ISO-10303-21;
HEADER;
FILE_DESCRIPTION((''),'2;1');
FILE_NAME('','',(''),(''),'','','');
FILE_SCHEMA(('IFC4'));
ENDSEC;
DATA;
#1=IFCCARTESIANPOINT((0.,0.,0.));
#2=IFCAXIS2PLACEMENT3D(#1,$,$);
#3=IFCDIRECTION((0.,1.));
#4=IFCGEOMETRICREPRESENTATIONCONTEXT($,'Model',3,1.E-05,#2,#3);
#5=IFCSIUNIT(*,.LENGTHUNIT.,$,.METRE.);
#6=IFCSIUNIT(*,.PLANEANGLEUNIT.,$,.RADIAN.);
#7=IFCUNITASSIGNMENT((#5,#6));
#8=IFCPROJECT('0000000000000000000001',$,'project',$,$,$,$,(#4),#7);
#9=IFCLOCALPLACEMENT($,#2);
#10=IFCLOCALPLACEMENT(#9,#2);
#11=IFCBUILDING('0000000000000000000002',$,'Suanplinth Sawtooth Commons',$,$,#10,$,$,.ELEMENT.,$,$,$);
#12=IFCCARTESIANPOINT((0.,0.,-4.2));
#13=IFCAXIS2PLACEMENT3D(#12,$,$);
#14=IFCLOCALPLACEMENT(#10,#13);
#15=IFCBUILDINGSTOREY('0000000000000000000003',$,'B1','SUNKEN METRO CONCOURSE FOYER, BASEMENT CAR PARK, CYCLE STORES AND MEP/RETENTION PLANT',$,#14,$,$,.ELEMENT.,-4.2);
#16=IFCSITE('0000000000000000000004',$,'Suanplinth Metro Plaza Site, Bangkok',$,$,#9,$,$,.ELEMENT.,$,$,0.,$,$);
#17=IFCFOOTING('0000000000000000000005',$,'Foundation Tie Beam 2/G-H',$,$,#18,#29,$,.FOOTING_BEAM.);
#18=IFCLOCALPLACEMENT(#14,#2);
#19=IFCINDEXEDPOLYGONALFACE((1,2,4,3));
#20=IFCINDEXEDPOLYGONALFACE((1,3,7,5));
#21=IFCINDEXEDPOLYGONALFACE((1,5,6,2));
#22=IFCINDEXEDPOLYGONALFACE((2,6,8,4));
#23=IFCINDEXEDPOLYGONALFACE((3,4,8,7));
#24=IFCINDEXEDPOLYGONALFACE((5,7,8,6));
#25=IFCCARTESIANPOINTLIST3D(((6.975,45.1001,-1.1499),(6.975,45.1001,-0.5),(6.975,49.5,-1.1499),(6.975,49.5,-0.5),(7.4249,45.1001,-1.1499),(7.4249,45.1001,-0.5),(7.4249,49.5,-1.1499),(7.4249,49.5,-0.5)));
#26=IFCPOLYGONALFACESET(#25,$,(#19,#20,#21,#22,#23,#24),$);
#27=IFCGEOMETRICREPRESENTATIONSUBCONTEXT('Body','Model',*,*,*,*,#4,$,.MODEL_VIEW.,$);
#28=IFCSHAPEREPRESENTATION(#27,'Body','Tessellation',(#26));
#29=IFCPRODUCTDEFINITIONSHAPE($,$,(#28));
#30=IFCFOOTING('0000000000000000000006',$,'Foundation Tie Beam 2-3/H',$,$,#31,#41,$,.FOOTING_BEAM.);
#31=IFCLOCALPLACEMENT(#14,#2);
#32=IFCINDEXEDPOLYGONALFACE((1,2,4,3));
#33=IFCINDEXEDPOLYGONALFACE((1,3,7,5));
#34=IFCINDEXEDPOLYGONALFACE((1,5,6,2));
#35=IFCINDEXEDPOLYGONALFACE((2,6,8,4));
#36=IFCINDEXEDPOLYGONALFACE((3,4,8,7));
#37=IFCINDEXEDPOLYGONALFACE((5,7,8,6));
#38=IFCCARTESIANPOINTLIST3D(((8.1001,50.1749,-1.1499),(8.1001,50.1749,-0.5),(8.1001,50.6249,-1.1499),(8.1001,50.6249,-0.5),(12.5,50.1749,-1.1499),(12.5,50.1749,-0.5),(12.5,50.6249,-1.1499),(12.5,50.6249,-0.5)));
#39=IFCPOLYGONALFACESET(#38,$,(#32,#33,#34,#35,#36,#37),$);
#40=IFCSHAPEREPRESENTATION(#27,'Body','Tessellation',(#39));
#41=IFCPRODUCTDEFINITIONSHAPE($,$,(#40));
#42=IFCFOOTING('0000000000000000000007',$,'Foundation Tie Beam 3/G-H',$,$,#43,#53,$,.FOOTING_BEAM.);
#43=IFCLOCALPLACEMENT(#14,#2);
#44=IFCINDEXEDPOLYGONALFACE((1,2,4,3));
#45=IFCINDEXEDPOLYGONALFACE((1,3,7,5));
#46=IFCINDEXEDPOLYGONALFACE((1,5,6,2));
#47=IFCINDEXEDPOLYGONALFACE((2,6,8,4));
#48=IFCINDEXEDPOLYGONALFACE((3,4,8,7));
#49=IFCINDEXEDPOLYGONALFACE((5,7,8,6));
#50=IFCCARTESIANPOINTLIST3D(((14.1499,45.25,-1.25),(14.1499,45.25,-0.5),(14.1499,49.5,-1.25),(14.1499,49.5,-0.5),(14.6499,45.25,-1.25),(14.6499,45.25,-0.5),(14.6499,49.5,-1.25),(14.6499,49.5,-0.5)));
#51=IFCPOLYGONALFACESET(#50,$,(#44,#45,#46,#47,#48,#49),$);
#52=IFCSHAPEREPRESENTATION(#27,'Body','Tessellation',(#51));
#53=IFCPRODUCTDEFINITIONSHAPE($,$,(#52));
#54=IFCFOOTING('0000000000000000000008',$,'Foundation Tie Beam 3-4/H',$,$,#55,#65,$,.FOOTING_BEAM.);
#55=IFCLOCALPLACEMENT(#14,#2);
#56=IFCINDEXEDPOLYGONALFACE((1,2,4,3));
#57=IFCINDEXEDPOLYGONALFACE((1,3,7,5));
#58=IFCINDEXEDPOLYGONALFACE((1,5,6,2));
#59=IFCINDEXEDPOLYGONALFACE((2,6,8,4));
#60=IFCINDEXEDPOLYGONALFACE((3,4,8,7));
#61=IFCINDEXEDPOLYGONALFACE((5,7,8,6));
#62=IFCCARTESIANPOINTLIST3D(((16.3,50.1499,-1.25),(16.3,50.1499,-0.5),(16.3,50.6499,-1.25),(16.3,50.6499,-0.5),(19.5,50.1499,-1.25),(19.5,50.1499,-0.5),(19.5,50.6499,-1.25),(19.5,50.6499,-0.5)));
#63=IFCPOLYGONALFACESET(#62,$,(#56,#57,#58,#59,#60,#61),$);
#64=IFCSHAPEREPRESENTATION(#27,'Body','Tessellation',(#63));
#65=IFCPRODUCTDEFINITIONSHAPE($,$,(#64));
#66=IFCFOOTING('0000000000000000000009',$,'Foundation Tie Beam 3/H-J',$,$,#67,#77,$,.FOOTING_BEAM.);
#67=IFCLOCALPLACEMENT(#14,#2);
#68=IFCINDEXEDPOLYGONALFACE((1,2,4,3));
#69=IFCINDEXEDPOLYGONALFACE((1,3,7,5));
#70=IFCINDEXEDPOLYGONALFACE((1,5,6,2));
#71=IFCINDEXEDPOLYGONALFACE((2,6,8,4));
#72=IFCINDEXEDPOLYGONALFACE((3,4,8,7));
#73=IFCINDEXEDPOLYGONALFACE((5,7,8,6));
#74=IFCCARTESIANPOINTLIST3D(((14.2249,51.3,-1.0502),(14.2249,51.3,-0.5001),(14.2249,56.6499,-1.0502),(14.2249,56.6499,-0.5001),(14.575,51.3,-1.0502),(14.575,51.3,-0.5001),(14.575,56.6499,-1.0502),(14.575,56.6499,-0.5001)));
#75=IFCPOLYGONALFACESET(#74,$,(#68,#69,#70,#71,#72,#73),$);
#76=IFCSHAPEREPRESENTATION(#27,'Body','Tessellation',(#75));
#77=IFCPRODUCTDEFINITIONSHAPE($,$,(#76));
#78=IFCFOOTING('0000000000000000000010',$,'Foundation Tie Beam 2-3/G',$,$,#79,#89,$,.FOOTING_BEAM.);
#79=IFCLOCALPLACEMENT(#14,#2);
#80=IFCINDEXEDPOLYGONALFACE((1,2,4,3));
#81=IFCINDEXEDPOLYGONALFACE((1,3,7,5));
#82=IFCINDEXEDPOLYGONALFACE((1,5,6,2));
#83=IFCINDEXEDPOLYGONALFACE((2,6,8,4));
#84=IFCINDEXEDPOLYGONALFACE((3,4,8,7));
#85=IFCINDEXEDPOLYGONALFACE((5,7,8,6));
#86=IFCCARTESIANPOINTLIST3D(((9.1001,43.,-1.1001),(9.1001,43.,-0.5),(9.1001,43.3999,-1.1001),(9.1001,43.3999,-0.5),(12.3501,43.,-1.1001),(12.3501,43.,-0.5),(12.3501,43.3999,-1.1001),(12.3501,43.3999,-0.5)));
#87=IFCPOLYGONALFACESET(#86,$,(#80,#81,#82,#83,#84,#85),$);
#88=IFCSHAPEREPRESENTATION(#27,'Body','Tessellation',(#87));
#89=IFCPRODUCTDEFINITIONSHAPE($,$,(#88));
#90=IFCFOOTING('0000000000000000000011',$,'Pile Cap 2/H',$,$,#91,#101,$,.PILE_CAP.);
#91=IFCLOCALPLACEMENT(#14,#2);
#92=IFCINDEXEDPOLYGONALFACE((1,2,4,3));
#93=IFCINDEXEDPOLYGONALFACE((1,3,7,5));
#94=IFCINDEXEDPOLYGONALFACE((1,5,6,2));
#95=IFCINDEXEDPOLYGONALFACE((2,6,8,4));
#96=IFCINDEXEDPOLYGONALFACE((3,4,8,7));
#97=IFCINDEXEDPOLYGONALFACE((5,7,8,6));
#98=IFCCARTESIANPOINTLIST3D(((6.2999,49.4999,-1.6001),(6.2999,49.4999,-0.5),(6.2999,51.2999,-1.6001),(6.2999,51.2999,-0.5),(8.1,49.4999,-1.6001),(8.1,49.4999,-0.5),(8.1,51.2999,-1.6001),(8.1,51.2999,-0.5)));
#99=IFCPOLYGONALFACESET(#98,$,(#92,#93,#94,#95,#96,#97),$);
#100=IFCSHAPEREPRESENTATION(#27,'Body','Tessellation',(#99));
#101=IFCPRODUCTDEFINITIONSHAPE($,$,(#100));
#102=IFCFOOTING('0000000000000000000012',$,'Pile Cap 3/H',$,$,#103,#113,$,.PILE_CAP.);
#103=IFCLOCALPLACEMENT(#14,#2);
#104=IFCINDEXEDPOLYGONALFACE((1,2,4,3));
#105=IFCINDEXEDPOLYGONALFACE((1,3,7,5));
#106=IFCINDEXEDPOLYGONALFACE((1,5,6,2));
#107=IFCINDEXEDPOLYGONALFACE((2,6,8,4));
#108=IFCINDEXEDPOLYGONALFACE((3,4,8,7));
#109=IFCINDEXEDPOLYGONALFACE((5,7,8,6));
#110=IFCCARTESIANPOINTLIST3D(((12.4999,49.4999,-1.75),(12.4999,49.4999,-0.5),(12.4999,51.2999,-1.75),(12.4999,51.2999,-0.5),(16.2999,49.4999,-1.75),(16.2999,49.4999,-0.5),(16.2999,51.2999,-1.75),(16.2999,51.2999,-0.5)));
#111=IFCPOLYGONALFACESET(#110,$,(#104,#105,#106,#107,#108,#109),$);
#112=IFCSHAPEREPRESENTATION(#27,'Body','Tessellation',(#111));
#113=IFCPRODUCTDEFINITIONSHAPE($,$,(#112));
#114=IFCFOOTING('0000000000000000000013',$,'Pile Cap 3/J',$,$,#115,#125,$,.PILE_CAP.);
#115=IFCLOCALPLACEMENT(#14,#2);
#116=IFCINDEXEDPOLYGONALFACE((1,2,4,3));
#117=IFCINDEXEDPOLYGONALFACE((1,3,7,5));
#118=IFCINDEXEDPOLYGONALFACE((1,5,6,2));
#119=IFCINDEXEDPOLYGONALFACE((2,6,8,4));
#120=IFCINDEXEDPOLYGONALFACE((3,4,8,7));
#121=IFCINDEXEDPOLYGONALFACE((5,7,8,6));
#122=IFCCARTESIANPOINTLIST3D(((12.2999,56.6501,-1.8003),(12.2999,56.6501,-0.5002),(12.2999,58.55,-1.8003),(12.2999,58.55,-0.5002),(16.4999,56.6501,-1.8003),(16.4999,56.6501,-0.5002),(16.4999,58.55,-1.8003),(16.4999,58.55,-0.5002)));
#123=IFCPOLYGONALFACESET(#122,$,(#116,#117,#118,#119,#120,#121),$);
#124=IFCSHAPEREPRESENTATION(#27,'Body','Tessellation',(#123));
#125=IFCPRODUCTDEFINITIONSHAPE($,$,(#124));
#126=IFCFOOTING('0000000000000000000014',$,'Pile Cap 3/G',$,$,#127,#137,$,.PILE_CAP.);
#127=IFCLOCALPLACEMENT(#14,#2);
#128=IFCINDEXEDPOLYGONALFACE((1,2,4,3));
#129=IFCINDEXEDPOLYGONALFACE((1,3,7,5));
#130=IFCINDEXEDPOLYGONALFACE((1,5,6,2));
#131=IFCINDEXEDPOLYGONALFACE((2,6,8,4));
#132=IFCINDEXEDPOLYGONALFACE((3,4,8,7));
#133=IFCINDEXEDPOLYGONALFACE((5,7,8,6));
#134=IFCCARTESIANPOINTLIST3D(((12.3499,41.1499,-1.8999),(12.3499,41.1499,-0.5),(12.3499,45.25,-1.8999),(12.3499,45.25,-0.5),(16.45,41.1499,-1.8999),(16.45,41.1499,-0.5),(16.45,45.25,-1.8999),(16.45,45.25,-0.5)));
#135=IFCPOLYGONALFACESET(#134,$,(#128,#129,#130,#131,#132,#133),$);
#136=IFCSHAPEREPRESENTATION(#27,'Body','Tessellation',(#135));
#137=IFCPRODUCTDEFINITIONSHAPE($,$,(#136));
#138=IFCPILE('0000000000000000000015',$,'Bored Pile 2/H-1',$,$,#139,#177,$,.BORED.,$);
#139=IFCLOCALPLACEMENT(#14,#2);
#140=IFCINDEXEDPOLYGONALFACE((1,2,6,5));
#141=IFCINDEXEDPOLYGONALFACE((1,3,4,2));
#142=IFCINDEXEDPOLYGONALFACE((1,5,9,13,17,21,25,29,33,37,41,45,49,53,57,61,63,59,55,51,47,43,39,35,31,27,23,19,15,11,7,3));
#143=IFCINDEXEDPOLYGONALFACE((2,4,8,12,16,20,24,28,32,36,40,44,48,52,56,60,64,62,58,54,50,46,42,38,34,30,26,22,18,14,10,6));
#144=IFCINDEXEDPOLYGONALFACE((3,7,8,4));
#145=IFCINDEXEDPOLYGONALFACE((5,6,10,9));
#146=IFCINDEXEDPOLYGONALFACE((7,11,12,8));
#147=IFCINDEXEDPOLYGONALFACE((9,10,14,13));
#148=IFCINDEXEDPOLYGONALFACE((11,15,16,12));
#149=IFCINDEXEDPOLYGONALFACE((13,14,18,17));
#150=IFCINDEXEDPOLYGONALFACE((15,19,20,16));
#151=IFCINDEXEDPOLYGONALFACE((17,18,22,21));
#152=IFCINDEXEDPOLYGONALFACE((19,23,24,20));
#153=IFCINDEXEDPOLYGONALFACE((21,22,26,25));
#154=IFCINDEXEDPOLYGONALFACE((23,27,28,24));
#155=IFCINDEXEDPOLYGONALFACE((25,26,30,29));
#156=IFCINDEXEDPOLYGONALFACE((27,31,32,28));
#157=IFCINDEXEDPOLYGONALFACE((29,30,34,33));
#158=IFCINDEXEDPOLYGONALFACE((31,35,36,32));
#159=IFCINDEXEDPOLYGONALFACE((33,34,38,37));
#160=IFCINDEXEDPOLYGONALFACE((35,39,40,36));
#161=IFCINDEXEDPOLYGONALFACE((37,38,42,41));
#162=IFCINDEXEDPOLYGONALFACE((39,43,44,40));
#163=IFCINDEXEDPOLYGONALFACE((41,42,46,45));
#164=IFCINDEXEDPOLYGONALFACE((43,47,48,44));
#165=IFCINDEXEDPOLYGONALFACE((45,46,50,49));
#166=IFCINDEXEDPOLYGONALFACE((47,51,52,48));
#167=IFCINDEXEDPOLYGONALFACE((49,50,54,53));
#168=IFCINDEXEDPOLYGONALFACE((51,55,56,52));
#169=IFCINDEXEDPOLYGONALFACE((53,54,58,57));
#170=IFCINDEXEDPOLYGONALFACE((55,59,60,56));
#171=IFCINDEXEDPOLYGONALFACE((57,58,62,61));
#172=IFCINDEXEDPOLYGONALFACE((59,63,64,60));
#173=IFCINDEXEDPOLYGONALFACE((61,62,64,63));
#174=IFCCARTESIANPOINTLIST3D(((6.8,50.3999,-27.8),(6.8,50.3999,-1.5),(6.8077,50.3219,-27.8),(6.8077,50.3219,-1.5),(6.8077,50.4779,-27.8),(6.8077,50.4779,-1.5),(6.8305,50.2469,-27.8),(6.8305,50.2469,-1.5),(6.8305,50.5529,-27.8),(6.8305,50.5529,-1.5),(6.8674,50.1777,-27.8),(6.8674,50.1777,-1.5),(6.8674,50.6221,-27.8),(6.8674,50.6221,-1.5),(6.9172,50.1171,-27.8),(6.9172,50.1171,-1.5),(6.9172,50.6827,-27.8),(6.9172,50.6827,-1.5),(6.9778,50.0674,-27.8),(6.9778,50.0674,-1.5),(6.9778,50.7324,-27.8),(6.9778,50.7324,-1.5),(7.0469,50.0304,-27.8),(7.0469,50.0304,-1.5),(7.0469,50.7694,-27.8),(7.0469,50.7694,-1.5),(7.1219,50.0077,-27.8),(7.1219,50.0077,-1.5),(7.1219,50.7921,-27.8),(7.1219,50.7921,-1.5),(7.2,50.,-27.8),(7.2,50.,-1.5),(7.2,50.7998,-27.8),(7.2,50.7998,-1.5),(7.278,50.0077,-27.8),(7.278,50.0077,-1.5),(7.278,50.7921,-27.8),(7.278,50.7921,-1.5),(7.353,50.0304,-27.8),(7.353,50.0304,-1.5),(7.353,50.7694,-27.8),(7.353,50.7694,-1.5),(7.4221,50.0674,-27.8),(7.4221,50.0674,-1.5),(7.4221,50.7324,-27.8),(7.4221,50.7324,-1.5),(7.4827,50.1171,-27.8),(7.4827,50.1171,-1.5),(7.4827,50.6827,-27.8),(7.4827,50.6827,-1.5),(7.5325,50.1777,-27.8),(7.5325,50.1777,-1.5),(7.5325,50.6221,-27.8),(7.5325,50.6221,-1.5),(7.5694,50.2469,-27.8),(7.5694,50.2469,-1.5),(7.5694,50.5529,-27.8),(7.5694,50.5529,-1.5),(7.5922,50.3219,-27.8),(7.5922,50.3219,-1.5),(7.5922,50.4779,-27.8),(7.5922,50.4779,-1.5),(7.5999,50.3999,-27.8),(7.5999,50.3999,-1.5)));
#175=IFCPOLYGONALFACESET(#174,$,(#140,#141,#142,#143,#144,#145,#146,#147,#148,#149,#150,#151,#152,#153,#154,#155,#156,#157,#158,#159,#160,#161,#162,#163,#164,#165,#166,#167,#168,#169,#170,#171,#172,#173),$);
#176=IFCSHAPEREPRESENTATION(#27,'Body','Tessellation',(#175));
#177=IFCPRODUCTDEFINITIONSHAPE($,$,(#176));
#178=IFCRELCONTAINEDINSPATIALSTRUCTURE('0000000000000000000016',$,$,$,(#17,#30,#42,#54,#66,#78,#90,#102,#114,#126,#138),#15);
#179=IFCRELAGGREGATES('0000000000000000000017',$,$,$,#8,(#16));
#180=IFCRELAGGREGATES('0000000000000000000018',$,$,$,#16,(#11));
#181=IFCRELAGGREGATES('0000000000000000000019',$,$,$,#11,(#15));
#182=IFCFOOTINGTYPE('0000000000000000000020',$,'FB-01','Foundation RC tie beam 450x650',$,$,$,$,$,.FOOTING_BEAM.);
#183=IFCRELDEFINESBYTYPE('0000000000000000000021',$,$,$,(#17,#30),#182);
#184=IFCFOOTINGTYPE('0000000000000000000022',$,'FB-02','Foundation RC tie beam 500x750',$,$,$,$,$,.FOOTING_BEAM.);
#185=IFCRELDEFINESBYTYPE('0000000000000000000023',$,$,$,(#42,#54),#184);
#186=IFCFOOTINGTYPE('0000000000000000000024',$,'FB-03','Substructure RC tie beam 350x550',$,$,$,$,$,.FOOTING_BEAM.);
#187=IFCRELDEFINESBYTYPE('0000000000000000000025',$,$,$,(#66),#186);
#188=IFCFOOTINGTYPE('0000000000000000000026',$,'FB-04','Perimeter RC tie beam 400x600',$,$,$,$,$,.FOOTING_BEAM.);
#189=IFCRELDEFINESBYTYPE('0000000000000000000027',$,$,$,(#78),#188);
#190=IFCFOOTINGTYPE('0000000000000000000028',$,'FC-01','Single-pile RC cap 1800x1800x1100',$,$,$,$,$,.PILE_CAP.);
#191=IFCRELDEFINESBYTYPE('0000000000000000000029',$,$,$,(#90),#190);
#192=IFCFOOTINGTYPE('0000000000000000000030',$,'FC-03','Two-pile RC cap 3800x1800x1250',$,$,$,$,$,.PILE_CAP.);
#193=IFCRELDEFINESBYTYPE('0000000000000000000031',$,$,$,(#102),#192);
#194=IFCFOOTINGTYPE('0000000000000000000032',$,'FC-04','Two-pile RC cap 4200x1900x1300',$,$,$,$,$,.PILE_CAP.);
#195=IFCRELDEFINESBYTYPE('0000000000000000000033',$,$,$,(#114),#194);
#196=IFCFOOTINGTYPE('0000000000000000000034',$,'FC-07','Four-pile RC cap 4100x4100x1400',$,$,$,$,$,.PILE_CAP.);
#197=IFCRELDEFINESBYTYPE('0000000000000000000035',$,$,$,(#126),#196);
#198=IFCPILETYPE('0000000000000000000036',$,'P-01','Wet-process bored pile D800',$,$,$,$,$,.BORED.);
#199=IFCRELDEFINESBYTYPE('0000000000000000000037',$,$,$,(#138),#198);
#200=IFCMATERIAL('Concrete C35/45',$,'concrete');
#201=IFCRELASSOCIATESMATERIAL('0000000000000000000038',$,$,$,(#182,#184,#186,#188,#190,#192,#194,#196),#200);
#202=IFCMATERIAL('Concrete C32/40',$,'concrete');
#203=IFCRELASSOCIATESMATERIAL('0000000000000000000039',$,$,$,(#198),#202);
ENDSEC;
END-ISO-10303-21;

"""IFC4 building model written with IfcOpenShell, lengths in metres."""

from ifc_helpers import new_model, si_unit, direction, frame, origin, origin_2d, place, context, subcontext, project, spatial, rectangle, circle, extrude, material, material_profile, profile_set, type_object, element, save


model = new_model("IFC4")

# Units and contexts
model_context = context("Model", 3, precision=1e-05, world=origin(), true_north=direction((0.0, 1.0)))
body_context = subcontext(model_context, "Body", "Model", "MODEL_VIEW")
ifc_project = project(units=[si_unit("LENGTHUNIT", "METRE"), si_unit("PLANEANGLEUNIT", "RADIAN")], contexts=[model_context])

# Site, building, storey
site_placement = place(None, origin())
site = spatial("IfcSite", under=ifc_project, at=site_placement, Name="Suanplinth Metro Plaza Site, Bangkok", CompositionType="ELEMENT", RefElevation=0.0)
building_placement = place(site_placement, origin())
building = spatial("IfcBuilding", under=site, at=building_placement, Name="Suanplinth Sawtooth Commons", CompositionType="ELEMENT")
storey_placement = place(building_placement, frame((0.0, 0.0, -4.2)))
storey = spatial("IfcBuildingStorey", under=building, at=storey_placement, Name="B1", Description="SUNKEN METRO CONCOURSE FOYER, BASEMENT CAR PARK, CYCLE STORES AND MEP/RETENTION PLANT", CompositionType="ELEMENT", Elevation=-4.2)

# Footings
ifc_material_1 = material(Name="Concrete C35/45", Category="concrete")
ifc_material_profile_1 = material_profile(ifc_material_1, rectangle(XDim=0.45, YDim=0.6499, at=origin_2d()), Name="PC-GDR 450x650")
ifc_profile_set_1 = profile_set([ifc_material_profile_1], Name="Concrete C35/45")
footing_type_1 = type_object("IfcFootingType", Name="FB-01", Description="Foundation RC tie beam 450x650", PredefinedType="FOOTING_BEAM", material=ifc_profile_set_1)
for number, where, z_axis, x_axis, name in (
    (1, (7.2, 45.1001, -0.825), (0.0, 1.0, 0.0), (-1.0, 0.0, 0.0), "Foundation Tie Beam 2/G-H"),
    (2, (8.1001, 50.3999, -0.825), (1.0, 0.0, 0.0), (0.0, 1.0, 0.0), "Foundation Tie Beam 2-3/H"),
):
    element("IfcFooting", number, at=place(storey_placement, frame(where, z_axis=z_axis, x_axis=x_axis)), inside=storey, type_object=footing_type_1, Name=name, PredefinedType="FOOTING_BEAM", context=body_context, shape_type="SweptSolid", body=[
        extrude(rectangle(XDim=0.45, YDim=0.6499, at=origin_2d()), origin(), (0.0, 0.0, 1.0), 4.3999),
    ])
ifc_material_profile_2 = material_profile(ifc_material_1, rectangle(XDim=0.5, YDim=0.75, at=origin_2d()), Name="RC-GDR 500x750")
ifc_profile_set_2 = profile_set([ifc_material_profile_2], Name="Concrete C35/45")
footing_type_2 = type_object("IfcFootingType", Name="FB-02", Description="Foundation RC tie beam 500x750", PredefinedType="FOOTING_BEAM", material=ifc_profile_set_2)
footing_1_placement = place(storey_placement, frame((14.3999, 45.25, -0.875), z_axis=(0.0, 1.0, 0.0), x_axis=(-1.0, 0.0, 0.0)))
element("IfcFooting", 3, at=footing_1_placement, inside=storey, type_object=footing_type_2, Name="Foundation Tie Beam 3/G-H", PredefinedType="FOOTING_BEAM", context=body_context, shape_type="SweptSolid", body=[
    extrude(rectangle(XDim=0.5, YDim=0.75, at=origin_2d()), origin(), (0.0, 0.0, 1.0), 4.25),
])
footing_2_placement = place(storey_placement, frame((16.3, 50.3999, -0.875), z_axis=(1.0, 0.0, 0.0), x_axis=(0.0, 1.0, 0.0)))
element("IfcFooting", 4, at=footing_2_placement, inside=storey, type_object=footing_type_2, Name="Foundation Tie Beam 3-4/H", PredefinedType="FOOTING_BEAM", context=body_context, shape_type="SweptSolid", body=[
    extrude(rectangle(XDim=0.5, YDim=0.75, at=origin_2d()), origin(), (0.0, 0.0, 1.0), 3.2),
])
ifc_material_profile_3 = material_profile(ifc_material_1, rectangle(XDim=0.3501, YDim=0.55, at=origin_2d()), Name="PC-BM 350x550")
ifc_profile_set_3 = profile_set([ifc_material_profile_3], Name="Concrete C35/45")
footing_type_3 = type_object("IfcFootingType", Name="FB-03", Description="Substructure RC tie beam 350x550", PredefinedType="FOOTING_BEAM", material=ifc_profile_set_3)
footing_3_placement = place(storey_placement, frame((14.3999, 51.3, -0.7751), z_axis=(0.0, 1.0, 0.0), x_axis=(-1.0, 0.0, 0.0)))
element("IfcFooting", 5, at=footing_3_placement, inside=storey, type_object=footing_type_3, Name="Foundation Tie Beam 3/H-J", PredefinedType="FOOTING_BEAM", context=body_context, shape_type="SweptSolid", body=[
    extrude(rectangle(XDim=0.3501, YDim=0.55, at=origin_2d()), origin(), (0.0, 0.0, 1.0), 5.3499),
])
ifc_material_profile_4 = material_profile(ifc_material_1, rectangle(XDim=0.3999, YDim=0.6001, at=origin_2d()), Name="PC-GDR 400x600")
ifc_profile_set_4 = profile_set([ifc_material_profile_4], Name="Concrete C35/45")
footing_type_4 = type_object("IfcFootingType", Name="FB-04", Description="Perimeter RC tie beam 400x600", PredefinedType="FOOTING_BEAM", material=ifc_profile_set_4)
footing_4_placement = place(storey_placement, frame((9.1001, 43.2, -0.8), z_axis=(1.0, 0.0, 0.0), x_axis=(0.0, 1.0, 0.0)))
element("IfcFooting", 6, at=footing_4_placement, inside=storey, type_object=footing_type_4, Name="Foundation Tie Beam 2-3/G", PredefinedType="FOOTING_BEAM", context=body_context, shape_type="SweptSolid", body=[
    extrude(rectangle(XDim=0.3999, YDim=0.6001, at=origin_2d()), origin(), (0.0, 0.0, 1.0), 3.25),
])
footing_type_5 = type_object("IfcFootingType", Name="FC-01", Description="Single-pile RC cap 1800x1800x1100", PredefinedType="PILE_CAP", material=ifc_material_1)
footing_5_placement = place(storey_placement, frame((7.2, 50.3999, -1.6001), z_axis=(0.0, 0.0, 1.0), x_axis=(1.0, 0.0, 0.0)))
element("IfcFooting", 7, at=footing_5_placement, inside=storey, type_object=footing_type_5, Name="Pile Cap 2/H", PredefinedType="PILE_CAP", context=body_context, shape_type="SweptSolid", body=[
    extrude(rectangle(XDim=1.8, YDim=1.8, at=origin_2d()), origin(), (0.0, 0.0, 1.0), 1.1001),
])
footing_type_6 = type_object("IfcFootingType", Name="FC-03", Description="Two-pile RC cap 3800x1800x1250", PredefinedType="PILE_CAP", material=ifc_material_1)
footing_6_placement = place(storey_placement, frame((14.3999, 50.3999, -1.75), z_axis=(0.0, 0.0, 1.0), x_axis=(1.0, 0.0, 0.0)))
element("IfcFooting", 8, at=footing_6_placement, inside=storey, type_object=footing_type_6, Name="Pile Cap 3/H", PredefinedType="PILE_CAP", context=body_context, shape_type="SweptSolid", body=[
    extrude(rectangle(XDim=3.8, YDim=1.8, at=origin_2d()), origin(), (0.0, 0.0, 1.0), 1.25),
])
footing_type_7 = type_object("IfcFootingType", Name="FC-04", Description="Two-pile RC cap 4200x1900x1300", PredefinedType="PILE_CAP", material=ifc_material_1)
footing_7_placement = place(storey_placement, frame((14.3999, 57.6001, -1.8003), z_axis=(0.0, 0.0, 1.0), x_axis=(1.0, 0.0, 0.0)))
element("IfcFooting", 9, at=footing_7_placement, inside=storey, type_object=footing_type_7, Name="Pile Cap 3/J", PredefinedType="PILE_CAP", context=body_context, shape_type="SweptSolid", body=[
    extrude(rectangle(XDim=4.2, YDim=1.8999, at=origin_2d()), origin(), (0.0, 0.0, 1.0), 1.3),
])
footing_type_8 = type_object("IfcFootingType", Name="FC-07", Description="Four-pile RC cap 4100x4100x1400", PredefinedType="PILE_CAP", material=ifc_material_1)
footing_8_placement = place(storey_placement, frame((14.3999, 43.2, -1.8999), z_axis=(0.0, 0.0, 1.0), x_axis=(1.0, 0.0, 0.0)))
element("IfcFooting", 10, at=footing_8_placement, inside=storey, type_object=footing_type_8, Name="Pile Cap 3/G", PredefinedType="PILE_CAP", context=body_context, shape_type="SweptSolid", body=[
    extrude(rectangle(XDim=4.1001, YDim=4.1001, at=origin_2d()), origin(), (0.0, 0.0, 1.0), 1.3999),
])

# Pile
ifc_material_2 = material(Name="Concrete C32/40", Category="concrete")
ifc_material_profile_5 = material_profile(ifc_material_2, circle(Radius=0.3999, at=origin_2d()), Name="PILE D800")
ifc_profile_set_5 = profile_set([ifc_material_profile_5], Name="Concrete C32/40")
pile_type_1 = type_object("IfcPileType", Name="P-01", Description="Wet-process bored pile D800", PredefinedType="BORED", material=ifc_profile_set_5)
pile_1_placement = place(storey_placement, frame((7.2, 50.3999, -1.5), z_axis=(0.0, 0.0, -1.0), x_axis=(1.0, 0.0, 0.0)))
element("IfcPile", 11, at=pile_1_placement, inside=storey, type_object=pile_type_1, Name="Bored Pile 2/H-1", PredefinedType="BORED", context=body_context, shape_type="SweptSolid", body=[
    extrude(circle(Radius=0.3999, at=origin_2d()), origin(), (0.0, 0.0, 1.0), 26.3),
])

save(model, "model.ifc")
